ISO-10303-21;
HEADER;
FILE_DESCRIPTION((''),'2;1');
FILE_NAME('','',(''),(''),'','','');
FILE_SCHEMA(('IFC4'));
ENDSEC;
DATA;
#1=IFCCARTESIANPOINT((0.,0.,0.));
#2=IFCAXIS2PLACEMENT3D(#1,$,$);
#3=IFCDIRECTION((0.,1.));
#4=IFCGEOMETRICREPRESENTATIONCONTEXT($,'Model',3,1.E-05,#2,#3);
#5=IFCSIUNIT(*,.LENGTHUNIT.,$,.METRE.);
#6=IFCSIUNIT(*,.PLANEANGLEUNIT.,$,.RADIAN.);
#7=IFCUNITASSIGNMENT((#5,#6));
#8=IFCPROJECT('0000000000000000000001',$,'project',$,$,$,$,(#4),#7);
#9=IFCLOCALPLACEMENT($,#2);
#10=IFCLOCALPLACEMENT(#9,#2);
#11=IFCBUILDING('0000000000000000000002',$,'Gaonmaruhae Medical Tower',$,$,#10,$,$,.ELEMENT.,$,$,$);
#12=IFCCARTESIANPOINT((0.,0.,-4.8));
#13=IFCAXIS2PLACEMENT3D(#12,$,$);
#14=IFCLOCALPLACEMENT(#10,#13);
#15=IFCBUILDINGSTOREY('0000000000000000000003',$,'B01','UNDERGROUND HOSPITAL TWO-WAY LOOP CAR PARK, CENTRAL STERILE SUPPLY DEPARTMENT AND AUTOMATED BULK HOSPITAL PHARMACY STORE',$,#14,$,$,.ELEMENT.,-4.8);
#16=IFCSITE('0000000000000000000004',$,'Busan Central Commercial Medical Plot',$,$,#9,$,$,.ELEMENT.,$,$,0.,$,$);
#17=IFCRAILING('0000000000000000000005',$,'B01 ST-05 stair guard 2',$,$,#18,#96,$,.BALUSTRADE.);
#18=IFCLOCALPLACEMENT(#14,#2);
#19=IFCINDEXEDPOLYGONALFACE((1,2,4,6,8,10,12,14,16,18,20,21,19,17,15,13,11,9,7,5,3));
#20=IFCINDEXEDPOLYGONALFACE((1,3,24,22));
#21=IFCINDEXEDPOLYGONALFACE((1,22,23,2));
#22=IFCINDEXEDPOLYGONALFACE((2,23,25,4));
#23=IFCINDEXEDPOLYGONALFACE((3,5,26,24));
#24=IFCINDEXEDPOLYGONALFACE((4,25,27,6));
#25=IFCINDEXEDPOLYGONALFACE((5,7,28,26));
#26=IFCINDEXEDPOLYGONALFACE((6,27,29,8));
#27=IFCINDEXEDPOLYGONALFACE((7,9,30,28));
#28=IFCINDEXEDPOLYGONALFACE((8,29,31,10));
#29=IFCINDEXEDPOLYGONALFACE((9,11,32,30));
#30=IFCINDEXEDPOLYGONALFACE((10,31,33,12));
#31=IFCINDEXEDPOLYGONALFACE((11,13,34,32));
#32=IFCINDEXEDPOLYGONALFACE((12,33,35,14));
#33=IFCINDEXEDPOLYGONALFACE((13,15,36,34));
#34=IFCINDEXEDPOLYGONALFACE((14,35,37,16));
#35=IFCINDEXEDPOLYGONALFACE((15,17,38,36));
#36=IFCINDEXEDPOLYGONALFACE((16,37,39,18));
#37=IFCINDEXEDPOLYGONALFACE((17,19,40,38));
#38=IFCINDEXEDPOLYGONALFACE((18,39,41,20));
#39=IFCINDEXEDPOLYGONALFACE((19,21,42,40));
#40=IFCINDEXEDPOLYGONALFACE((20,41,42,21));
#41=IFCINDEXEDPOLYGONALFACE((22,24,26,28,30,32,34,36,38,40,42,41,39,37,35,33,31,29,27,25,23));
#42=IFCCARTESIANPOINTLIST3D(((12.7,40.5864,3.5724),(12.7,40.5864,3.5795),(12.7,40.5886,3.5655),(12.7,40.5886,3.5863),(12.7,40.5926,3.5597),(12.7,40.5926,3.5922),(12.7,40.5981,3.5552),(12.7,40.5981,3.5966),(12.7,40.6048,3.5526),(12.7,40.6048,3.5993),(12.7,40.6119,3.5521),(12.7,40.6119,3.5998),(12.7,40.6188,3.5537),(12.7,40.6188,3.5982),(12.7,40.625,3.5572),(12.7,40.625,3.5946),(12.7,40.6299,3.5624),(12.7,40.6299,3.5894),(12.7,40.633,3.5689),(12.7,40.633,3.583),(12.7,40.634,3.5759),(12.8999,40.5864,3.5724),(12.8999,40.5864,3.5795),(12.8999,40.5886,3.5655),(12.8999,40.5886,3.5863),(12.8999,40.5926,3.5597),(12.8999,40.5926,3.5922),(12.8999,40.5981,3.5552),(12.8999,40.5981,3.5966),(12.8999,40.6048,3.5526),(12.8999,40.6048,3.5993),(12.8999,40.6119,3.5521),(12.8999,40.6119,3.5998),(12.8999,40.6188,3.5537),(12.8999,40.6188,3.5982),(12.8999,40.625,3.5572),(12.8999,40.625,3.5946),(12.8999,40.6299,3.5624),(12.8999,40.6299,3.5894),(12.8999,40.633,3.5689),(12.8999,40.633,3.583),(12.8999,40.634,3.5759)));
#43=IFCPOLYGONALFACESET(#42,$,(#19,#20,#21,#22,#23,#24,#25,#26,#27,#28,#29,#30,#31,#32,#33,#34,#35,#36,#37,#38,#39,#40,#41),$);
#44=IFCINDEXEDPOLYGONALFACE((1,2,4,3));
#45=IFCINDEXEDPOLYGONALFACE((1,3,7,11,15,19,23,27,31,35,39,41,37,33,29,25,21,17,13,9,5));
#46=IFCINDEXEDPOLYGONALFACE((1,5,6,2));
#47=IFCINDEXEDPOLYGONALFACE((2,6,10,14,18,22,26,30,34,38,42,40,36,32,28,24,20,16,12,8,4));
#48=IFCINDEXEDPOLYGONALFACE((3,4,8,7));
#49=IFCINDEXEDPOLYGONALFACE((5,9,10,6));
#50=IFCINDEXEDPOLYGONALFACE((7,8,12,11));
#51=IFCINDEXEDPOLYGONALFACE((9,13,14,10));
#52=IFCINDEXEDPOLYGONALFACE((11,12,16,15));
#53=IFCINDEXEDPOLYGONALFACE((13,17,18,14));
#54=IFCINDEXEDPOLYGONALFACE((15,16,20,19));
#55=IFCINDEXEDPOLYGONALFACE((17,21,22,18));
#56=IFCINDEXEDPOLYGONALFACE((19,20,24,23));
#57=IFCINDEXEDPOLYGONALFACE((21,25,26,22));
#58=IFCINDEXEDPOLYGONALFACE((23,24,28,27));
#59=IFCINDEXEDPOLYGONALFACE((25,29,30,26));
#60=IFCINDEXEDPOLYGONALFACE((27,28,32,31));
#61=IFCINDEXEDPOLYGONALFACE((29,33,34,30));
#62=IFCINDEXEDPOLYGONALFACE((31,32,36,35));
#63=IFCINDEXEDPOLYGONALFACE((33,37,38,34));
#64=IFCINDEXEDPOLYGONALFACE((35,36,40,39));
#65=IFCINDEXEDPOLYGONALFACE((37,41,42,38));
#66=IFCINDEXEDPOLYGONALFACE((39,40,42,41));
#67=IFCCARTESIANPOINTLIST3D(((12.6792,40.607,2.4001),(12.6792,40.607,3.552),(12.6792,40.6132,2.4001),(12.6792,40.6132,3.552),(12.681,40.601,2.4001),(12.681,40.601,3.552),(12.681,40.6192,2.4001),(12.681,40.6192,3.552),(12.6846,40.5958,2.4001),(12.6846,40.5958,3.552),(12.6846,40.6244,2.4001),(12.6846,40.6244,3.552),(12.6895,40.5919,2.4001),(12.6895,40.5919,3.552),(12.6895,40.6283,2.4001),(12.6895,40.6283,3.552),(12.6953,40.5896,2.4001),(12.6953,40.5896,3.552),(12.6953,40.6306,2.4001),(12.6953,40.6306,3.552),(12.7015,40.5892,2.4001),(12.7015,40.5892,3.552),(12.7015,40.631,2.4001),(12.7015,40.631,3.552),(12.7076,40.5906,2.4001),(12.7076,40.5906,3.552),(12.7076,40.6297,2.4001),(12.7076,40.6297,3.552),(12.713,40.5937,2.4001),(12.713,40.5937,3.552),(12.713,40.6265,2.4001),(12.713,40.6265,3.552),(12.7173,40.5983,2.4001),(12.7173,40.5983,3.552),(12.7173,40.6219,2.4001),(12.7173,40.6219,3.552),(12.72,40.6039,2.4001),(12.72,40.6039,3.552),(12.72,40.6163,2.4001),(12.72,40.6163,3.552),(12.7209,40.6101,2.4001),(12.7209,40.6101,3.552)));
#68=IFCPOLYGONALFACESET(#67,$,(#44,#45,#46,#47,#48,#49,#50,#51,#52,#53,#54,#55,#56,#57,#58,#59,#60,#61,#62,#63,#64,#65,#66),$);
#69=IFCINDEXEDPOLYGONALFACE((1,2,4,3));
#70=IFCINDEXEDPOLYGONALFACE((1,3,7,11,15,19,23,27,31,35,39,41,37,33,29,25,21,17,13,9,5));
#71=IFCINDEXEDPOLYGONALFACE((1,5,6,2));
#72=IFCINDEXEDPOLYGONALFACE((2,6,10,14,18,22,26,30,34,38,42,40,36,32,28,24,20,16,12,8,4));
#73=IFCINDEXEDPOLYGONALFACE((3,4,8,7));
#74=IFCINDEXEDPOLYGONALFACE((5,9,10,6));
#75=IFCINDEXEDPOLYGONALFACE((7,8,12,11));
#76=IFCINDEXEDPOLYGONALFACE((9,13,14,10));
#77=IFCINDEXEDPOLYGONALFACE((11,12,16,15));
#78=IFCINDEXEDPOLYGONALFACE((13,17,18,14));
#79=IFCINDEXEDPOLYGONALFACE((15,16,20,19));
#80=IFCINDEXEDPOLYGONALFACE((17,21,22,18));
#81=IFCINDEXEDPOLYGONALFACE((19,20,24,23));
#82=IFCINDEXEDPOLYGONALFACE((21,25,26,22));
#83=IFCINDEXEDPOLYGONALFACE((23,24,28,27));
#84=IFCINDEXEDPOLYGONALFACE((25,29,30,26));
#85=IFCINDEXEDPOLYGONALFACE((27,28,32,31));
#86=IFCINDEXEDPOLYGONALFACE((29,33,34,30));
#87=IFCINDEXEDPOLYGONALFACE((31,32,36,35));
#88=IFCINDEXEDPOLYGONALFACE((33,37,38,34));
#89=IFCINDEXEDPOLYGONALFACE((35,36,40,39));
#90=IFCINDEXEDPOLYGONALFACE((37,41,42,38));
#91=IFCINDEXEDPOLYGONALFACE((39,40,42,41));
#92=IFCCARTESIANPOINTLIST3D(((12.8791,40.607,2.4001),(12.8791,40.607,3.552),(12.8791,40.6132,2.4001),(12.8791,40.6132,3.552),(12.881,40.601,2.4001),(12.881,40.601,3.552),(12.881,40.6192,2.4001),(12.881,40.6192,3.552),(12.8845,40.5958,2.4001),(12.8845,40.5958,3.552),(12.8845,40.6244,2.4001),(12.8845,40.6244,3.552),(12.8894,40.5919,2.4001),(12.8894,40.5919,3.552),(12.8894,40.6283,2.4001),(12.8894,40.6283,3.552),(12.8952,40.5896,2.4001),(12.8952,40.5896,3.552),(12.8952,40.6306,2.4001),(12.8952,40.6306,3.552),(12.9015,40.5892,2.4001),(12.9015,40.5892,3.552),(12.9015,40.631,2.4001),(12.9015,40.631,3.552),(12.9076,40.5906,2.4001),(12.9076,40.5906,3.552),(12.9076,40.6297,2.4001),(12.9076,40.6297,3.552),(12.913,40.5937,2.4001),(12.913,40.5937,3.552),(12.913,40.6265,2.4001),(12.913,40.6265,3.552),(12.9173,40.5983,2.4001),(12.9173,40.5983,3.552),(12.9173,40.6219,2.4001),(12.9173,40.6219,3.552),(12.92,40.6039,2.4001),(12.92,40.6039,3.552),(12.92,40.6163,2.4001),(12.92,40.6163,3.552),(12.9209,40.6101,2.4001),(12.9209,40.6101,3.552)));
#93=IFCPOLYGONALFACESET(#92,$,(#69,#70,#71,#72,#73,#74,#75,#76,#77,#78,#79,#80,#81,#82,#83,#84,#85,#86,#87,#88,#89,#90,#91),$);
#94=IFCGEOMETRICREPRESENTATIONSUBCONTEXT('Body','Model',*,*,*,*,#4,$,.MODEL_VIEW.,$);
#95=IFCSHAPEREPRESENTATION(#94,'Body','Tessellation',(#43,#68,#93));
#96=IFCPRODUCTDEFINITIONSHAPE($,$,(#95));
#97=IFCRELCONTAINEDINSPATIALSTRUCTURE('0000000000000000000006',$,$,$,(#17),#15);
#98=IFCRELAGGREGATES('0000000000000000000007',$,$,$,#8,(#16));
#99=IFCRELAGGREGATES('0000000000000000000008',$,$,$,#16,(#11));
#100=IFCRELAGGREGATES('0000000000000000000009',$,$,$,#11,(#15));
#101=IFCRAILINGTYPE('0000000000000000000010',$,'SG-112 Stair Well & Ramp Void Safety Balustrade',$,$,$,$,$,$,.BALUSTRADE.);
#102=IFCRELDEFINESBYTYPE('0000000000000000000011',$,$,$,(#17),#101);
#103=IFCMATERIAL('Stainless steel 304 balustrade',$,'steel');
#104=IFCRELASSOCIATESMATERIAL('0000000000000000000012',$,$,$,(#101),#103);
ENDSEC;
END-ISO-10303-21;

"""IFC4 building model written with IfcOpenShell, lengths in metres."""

from ifc_helpers import new_model, si_unit, direction, frame, origin, origin_2d, place, context, subcontext, project, spatial, circle, extrude, material, type_object, element, save


model = new_model("IFC4")

# Units and contexts
model_context = context("Model", 3, precision=1e-05, world=origin(), true_north=direction((0.0, 1.0)))
body_context = subcontext(model_context, "Body", "Model", "MODEL_VIEW")
ifc_project = project(units=[si_unit("LENGTHUNIT", "METRE"), si_unit("PLANEANGLEUNIT", "RADIAN")], contexts=[model_context])

# Site, building, storey
site_placement = place(None, origin())
site = spatial("IfcSite", under=ifc_project, at=site_placement, Name="Busan Central Commercial Medical Plot", CompositionType="ELEMENT", RefElevation=0.0)
building_placement = place(site_placement, origin())
building = spatial("IfcBuilding", under=site, at=building_placement, Name="Gaonmaruhae Medical Tower", CompositionType="ELEMENT")
storey_placement = place(building_placement, frame((0.0, 0.0, -4.8)))
storey = spatial("IfcBuildingStorey", under=building, at=storey_placement, Name="B01", Description="UNDERGROUND HOSPITAL TWO-WAY LOOP CAR PARK, CENTRAL STERILE SUPPLY DEPARTMENT AND AUTOMATED BULK HOSPITAL PHARMACY STORE", CompositionType="ELEMENT", Elevation=-4.8)

# Railing
ifc_material_1 = material(Name="Stainless steel 304 balustrade", Category="steel")
railing_type_1 = type_object("IfcRailingType", Name="SG-112 Stair Well & Ramp Void Safety Balustrade", PredefinedType="BALUSTRADE", material=ifc_material_1)
railing_1_placement = place(storey_placement, frame((12.7, 40.6101, 2.4001)))
element("IfcRailing", 1, at=railing_1_placement, inside=storey, type_object=railing_type_1, Name="B01 ST-05 stair guard 2", PredefinedType="BALUSTRADE", context=body_context, shape_type="SweptSolid", body=[
    extrude(circle(Radius=0.0239, at=origin_2d()), frame((0.0, 0.0, 1.1758), z_axis=(1.0, 0.0, 0.0), x_axis=(0.0, 1.0, 0.0)), (0.0, 0.0, 1.0), 0.2),
    extrude(circle(Radius=0.021, at=origin_2d()), origin(), (0.0, 0.0, 1.0), 1.1519),
    extrude(circle(Radius=0.021, at=origin_2d()), frame((0.2, 0.0, 0.0)), (0.0, 0.0, 1.0), 1.1519),
])

save(model, "model.ifc")
